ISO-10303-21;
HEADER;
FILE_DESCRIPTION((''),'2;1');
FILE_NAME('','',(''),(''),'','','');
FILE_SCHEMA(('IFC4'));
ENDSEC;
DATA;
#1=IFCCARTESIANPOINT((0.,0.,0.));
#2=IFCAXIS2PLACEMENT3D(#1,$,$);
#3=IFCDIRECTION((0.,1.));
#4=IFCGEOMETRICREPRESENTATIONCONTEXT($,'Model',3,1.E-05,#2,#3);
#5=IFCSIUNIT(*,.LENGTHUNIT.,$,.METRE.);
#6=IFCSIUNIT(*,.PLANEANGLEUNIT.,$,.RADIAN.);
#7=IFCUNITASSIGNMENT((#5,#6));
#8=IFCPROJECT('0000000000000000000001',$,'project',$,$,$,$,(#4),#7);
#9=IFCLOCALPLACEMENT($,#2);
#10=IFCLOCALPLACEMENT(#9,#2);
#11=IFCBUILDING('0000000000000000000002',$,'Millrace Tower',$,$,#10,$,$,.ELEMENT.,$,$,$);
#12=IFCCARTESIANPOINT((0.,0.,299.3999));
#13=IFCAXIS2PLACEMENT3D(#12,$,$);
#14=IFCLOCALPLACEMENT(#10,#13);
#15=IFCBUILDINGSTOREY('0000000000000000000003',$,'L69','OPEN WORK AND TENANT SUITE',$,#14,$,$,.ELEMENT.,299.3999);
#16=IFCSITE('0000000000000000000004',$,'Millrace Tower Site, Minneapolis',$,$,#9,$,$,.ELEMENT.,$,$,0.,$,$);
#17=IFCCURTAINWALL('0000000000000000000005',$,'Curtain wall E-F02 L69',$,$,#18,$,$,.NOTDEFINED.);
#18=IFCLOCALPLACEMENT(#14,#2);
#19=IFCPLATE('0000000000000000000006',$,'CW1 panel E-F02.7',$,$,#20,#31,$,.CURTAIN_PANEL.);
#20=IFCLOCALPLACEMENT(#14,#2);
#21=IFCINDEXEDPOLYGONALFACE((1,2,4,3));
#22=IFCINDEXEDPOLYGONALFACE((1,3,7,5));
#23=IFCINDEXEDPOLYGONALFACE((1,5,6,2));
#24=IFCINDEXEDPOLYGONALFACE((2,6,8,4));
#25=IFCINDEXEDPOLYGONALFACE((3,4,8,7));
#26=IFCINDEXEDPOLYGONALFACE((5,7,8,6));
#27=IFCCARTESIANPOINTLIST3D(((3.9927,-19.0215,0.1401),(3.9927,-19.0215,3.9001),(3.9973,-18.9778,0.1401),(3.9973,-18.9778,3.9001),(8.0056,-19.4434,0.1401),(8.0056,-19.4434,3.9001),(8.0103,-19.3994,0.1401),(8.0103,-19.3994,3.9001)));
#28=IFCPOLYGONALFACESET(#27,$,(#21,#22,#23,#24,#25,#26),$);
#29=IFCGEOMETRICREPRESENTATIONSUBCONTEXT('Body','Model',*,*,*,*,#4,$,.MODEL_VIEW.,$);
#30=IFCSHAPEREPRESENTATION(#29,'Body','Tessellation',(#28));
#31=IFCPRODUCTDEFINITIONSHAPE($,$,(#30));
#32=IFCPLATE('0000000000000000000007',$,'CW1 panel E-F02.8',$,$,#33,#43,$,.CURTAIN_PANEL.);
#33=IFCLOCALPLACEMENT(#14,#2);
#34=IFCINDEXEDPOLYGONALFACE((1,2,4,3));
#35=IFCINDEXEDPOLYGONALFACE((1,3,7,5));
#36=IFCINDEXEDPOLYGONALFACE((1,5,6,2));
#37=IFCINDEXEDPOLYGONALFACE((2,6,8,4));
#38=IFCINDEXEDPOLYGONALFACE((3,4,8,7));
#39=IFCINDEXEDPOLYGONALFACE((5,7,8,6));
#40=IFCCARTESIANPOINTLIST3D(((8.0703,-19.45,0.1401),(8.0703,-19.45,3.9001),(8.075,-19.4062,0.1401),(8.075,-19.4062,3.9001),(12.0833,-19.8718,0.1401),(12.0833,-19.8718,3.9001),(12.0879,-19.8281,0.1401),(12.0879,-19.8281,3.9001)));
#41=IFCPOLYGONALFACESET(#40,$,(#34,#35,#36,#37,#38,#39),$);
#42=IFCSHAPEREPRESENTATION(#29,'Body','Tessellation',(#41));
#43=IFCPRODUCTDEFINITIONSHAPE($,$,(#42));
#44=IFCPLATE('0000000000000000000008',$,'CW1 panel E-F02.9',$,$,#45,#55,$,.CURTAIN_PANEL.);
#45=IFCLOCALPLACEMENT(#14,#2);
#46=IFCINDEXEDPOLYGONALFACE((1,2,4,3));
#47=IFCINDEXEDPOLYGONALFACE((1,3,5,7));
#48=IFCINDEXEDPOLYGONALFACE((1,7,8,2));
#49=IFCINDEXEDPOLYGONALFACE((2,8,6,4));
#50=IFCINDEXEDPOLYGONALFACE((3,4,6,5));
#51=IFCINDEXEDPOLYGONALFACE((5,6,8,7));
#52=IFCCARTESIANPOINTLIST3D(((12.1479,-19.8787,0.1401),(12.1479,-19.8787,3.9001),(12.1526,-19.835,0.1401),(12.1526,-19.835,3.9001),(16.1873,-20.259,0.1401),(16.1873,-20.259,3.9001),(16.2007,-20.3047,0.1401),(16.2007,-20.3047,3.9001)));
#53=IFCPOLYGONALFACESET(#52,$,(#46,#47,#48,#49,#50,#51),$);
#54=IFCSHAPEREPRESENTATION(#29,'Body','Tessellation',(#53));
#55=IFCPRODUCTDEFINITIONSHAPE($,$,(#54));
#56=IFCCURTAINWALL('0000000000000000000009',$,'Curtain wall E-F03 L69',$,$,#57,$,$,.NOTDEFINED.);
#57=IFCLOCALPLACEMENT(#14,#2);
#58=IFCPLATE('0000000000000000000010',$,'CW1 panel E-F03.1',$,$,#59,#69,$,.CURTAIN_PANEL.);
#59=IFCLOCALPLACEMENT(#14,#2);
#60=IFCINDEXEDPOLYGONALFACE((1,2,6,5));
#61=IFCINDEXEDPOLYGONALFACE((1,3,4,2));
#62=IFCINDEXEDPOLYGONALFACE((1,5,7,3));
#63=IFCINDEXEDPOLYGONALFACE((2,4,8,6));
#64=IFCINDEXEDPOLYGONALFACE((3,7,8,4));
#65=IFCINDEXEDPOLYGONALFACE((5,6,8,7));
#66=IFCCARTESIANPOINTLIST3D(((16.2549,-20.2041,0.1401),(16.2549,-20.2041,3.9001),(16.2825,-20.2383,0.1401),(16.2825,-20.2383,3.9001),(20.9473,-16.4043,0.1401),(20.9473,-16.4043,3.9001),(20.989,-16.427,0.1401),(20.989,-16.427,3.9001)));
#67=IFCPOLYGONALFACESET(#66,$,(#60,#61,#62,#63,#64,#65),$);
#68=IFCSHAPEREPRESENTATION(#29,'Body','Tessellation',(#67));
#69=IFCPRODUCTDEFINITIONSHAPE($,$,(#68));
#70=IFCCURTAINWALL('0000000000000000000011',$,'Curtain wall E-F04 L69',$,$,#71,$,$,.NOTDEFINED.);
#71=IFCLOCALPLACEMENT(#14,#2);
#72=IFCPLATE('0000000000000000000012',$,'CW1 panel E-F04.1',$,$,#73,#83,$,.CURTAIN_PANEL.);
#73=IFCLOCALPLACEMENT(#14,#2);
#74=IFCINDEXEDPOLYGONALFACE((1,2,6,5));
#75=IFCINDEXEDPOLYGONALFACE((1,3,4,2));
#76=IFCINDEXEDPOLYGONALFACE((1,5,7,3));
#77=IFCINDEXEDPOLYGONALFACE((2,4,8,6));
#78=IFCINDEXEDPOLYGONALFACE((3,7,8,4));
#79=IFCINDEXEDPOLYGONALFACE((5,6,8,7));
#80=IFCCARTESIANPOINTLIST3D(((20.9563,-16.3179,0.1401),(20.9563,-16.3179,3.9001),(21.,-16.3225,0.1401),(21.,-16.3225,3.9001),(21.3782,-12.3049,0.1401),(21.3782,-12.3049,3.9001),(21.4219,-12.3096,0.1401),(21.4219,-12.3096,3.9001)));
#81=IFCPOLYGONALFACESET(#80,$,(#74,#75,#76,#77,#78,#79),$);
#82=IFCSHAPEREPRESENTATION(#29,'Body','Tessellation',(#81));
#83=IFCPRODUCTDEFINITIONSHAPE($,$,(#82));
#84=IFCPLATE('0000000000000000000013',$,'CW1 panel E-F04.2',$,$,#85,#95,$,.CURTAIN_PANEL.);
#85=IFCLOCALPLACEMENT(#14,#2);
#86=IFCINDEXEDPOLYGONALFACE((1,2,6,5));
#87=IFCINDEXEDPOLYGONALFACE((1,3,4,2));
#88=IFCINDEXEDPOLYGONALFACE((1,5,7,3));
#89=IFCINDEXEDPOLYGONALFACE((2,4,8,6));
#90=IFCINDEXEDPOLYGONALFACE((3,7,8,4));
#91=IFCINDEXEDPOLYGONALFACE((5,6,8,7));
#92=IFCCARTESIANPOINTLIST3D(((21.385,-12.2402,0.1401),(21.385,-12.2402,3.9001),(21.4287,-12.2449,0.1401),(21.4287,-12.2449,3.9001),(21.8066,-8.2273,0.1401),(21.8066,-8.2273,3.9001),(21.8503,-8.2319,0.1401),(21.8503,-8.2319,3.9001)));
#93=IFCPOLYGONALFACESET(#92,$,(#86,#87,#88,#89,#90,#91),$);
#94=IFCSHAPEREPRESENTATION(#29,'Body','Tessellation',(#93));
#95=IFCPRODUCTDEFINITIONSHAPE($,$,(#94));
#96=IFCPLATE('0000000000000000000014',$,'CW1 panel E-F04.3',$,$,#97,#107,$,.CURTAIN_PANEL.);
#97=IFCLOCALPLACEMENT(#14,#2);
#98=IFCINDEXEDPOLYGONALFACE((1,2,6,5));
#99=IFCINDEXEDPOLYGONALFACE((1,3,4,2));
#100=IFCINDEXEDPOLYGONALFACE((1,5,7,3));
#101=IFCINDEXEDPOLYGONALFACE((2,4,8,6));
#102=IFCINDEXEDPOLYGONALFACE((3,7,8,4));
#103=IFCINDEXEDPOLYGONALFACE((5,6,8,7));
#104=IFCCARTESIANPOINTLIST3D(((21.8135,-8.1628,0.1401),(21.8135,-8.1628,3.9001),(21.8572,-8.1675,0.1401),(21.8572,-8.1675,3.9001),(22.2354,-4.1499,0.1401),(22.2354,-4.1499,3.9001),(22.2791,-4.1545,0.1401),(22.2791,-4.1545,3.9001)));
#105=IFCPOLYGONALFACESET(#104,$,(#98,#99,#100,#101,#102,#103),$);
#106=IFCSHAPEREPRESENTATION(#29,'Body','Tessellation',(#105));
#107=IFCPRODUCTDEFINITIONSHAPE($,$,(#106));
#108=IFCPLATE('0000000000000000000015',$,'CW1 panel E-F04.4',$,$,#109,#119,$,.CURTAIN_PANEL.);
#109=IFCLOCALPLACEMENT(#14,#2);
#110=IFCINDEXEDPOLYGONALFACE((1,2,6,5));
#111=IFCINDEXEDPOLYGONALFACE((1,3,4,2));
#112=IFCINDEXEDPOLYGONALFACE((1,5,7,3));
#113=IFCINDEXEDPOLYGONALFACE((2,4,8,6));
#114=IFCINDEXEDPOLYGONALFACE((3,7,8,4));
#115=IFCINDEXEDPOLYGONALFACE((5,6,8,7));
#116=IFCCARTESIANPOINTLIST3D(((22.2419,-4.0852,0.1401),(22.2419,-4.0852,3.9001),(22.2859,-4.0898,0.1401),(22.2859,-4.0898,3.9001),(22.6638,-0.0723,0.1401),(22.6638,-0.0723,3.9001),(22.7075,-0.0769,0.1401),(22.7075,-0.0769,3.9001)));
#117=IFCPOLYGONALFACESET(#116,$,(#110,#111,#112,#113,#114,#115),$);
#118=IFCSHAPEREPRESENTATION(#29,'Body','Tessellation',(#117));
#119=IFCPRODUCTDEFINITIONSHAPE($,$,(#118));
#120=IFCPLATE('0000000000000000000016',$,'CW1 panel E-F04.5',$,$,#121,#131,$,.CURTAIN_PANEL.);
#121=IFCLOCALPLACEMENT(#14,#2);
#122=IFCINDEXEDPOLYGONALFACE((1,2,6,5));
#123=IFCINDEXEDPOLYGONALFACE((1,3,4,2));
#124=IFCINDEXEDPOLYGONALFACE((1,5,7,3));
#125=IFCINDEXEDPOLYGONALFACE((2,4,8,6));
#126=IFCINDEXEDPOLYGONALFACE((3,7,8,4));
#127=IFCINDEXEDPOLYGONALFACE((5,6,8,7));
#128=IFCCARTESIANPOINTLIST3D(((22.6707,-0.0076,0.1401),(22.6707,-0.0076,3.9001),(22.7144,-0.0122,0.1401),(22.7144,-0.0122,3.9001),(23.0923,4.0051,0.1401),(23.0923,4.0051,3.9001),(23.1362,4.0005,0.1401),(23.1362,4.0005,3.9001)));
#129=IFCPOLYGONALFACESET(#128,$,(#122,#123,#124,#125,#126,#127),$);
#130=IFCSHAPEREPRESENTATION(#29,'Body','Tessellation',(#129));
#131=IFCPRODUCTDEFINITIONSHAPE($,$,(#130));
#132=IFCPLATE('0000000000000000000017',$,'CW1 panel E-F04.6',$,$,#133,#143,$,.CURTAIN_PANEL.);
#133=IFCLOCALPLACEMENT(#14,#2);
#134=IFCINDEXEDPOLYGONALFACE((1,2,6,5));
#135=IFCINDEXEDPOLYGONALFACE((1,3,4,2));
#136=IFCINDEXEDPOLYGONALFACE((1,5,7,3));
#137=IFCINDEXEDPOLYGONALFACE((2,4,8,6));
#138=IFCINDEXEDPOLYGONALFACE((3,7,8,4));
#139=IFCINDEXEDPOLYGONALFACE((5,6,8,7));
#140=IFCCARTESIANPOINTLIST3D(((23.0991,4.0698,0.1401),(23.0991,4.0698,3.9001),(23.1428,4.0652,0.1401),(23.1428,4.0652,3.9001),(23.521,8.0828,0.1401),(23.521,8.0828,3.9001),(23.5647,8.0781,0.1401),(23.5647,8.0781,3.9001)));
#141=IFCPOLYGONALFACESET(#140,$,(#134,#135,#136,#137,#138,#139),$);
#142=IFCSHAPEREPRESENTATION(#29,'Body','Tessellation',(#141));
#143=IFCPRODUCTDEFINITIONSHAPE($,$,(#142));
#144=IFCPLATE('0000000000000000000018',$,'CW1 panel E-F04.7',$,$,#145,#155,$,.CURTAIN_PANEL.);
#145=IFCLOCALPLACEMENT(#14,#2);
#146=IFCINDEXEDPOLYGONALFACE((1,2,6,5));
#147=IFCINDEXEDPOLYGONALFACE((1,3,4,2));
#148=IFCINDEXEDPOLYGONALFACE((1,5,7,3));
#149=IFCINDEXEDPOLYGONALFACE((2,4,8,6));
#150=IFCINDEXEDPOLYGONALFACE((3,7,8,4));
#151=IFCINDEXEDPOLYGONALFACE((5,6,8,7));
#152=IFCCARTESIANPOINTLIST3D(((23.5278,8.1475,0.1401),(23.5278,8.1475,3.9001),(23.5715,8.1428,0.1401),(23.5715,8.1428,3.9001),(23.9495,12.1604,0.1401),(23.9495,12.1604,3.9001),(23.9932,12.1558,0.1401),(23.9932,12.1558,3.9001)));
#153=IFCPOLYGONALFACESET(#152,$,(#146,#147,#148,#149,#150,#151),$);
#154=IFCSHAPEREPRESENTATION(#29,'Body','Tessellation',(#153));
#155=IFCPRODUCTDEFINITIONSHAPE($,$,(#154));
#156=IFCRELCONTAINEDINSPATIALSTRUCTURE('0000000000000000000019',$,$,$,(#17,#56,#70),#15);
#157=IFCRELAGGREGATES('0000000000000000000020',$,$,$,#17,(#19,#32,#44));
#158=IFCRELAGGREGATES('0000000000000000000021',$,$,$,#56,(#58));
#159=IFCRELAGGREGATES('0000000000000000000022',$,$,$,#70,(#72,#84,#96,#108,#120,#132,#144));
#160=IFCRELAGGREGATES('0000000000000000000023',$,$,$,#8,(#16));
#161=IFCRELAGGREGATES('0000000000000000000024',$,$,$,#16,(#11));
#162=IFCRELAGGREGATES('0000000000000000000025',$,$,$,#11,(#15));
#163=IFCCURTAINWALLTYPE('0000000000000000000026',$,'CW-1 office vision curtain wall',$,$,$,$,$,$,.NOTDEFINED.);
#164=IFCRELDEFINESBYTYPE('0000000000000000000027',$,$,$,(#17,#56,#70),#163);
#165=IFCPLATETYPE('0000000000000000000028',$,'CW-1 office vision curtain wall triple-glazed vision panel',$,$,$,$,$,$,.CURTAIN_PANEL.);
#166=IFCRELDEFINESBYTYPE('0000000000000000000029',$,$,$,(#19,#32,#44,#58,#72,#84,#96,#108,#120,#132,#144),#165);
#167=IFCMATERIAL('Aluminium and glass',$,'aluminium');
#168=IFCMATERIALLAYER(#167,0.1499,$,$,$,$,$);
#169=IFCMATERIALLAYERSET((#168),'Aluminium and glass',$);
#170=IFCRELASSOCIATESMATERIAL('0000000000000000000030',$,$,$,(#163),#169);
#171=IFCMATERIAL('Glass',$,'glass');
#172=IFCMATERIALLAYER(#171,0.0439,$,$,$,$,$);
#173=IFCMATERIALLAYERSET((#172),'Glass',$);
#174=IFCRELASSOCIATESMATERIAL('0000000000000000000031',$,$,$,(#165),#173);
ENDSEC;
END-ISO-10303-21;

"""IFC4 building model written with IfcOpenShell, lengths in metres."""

from ifc_helpers import new_model, si_unit, direction, frame, origin, place, context, subcontext, project, spatial, polyline, outline, extrude, material, layer, layer_set, type_object, element, aggregate, save


model = new_model("IFC4")

# Units and contexts
model_context = context("Model", 3, precision=1e-05, world=origin(), true_north=direction((0.0, 1.0)))
body_context = subcontext(model_context, "Body", "Model", "MODEL_VIEW")
ifc_project = project(units=[si_unit("LENGTHUNIT", "METRE"), si_unit("PLANEANGLEUNIT", "RADIAN")], contexts=[model_context])

# Site, building, storey
site_placement = place(None, origin())
site = spatial("IfcSite", under=ifc_project, at=site_placement, Name="Millrace Tower Site, Minneapolis", CompositionType="ELEMENT", RefElevation=0.0)
building_placement = place(site_placement, origin())
building = spatial("IfcBuilding", under=site, at=building_placement, Name="Millrace Tower", CompositionType="ELEMENT")
storey_placement = place(building_placement, frame((0.0, 0.0, 299.3999)))
storey = spatial("IfcBuildingStorey", under=building, at=storey_placement, Name="L69", Description="OPEN WORK AND TENANT SUITE", CompositionType="ELEMENT", Elevation=299.3999)

# Shared definitions
ifc_material_1 = material(Name="Aluminium and glass", Category="aluminium")
ifc_layer_1 = layer(ifc_material_1, 0.1499)
ifc_layer_set_1 = layer_set([ifc_layer_1], Name="Aluminium and glass")
curtain_wall_type = type_object("IfcCurtainWallType", Name="CW-1 office vision curtain wall", PredefinedType="NOTDEFINED", material=ifc_layer_set_1)
placement_1 = place(storey_placement, origin())
ifc_material_2 = material(Name="Glass", Category="glass")
ifc_layer_2 = layer(ifc_material_2, 0.0439)
ifc_layer_set_2 = layer_set([ifc_layer_2], Name="Glass")
plate_type = type_object("IfcPlateType", Name="CW-1 office vision curtain wall triple-glazed vision panel", PredefinedType="CURTAIN_PANEL", material=ifc_layer_set_2)
placement_2 = place(storey_placement, frame((0.0, 0.0, 0.1401)))

# Curtain wall, plates
curtain_wall_1 = element("IfcCurtainWall", 1, at=placement_1, inside=storey, type_object=curtain_wall_type, Name="Curtain wall E-F02 L69", PredefinedType="NOTDEFINED")
plate_1 = element("IfcPlate", 2, at=placement_2, type_object=plate_type, Name="CW1 panel E-F02.7", PredefinedType="CURTAIN_PANEL", context=body_context, shape_type="SweptSolid", body=[
    extrude(outline(polyline([(3.9927, -19.0215), (8.0056, -19.4434), (8.0103, -19.3994), (3.9973, -18.9778), (3.9927, -19.0215)])), origin(), (0.0, 0.0, 1.0), 3.76),
])
plate_2 = element("IfcPlate", 3, at=placement_2, type_object=plate_type, Name="CW1 panel E-F02.8", PredefinedType="CURTAIN_PANEL", context=body_context, shape_type="SweptSolid", body=[
    extrude(outline(polyline([(8.0703, -19.45), (12.0833, -19.8718), (12.0879, -19.8281), (8.075, -19.4062), (8.0703, -19.45)])), origin(), (0.0, 0.0, 1.0), 3.76),
])
plate_3 = element("IfcPlate", 4, at=placement_2, type_object=plate_type, Name="CW1 panel E-F02.9", PredefinedType="CURTAIN_PANEL", context=body_context, shape_type="SweptSolid", body=[
    extrude(outline(polyline([(12.1479, -19.8787), (16.2007, -20.3047), (16.1873, -20.259), (12.1526, -19.835), (12.1479, -19.8787)])), origin(), (0.0, 0.0, 1.0), 3.76),
])
aggregate(curtain_wall_1, [plate_1, plate_2, plate_3])

# Curtain wall, plate
curtain_wall_2 = element("IfcCurtainWall", 5, at=placement_1, inside=storey, type_object=curtain_wall_type, Name="Curtain wall E-F03 L69", PredefinedType="NOTDEFINED")
plate_4 = element("IfcPlate", 6, at=placement_2, type_object=plate_type, Name="CW1 panel E-F03.1", PredefinedType="CURTAIN_PANEL", context=body_context, shape_type="SweptSolid", body=[
    extrude(outline(polyline([(16.2825, -20.2383), (20.989, -16.427), (20.9473, -16.4043), (16.2549, -20.2041), (16.2825, -20.2383)])), origin(), (0.0, 0.0, 1.0), 3.76),
])
aggregate(curtain_wall_2, [plate_4])

# Curtain wall, plates
curtain_wall_3 = element("IfcCurtainWall", 7, at=placement_1, inside=storey, type_object=curtain_wall_type, Name="Curtain wall E-F04 L69", PredefinedType="NOTDEFINED")
plate_5 = element("IfcPlate", 8, at=placement_2, type_object=plate_type, Name="CW1 panel E-F04.1", PredefinedType="CURTAIN_PANEL", context=body_context, shape_type="SweptSolid", body=[
    extrude(outline(polyline([(21.0, -16.3225), (21.4219, -12.3096), (21.3782, -12.3049), (20.9563, -16.3179), (21.0, -16.3225)])), origin(), (0.0, 0.0, 1.0), 3.76),
])
plate_6 = element("IfcPlate", 9, at=placement_2, type_object=plate_type, Name="CW1 panel E-F04.2", PredefinedType="CURTAIN_PANEL", context=body_context, shape_type="SweptSolid", body=[
    extrude(outline(polyline([(21.4287, -12.2449), (21.8503, -8.2319), (21.8066, -8.2273), (21.385, -12.2402), (21.4287, -12.2449)])), origin(), (0.0, 0.0, 1.0), 3.76),
])
plate_7 = element("IfcPlate", 10, at=placement_2, type_object=plate_type, Name="CW1 panel E-F04.3", PredefinedType="CURTAIN_PANEL", context=body_context, shape_type="SweptSolid", body=[
    extrude(outline(polyline([(21.8572, -8.1675), (22.2791, -4.1545), (22.2354, -4.1499), (21.8135, -8.1628), (21.8572, -8.1675)])), origin(), (0.0, 0.0, 1.0), 3.76),
])
plate_8 = element("IfcPlate", 11, at=placement_2, type_object=plate_type, Name="CW1 panel E-F04.4", PredefinedType="CURTAIN_PANEL", context=body_context, shape_type="SweptSolid", body=[
    extrude(outline(polyline([(22.2859, -4.0898), (22.7075, -0.0769), (22.6638, -0.0723), (22.2419, -4.0852), (22.2859, -4.0898)])), origin(), (0.0, 0.0, 1.0), 3.76),
])
plate_9 = element("IfcPlate", 12, at=placement_2, type_object=plate_type, Name="CW1 panel E-F04.5", PredefinedType="CURTAIN_PANEL", context=body_context, shape_type="SweptSolid", body=[
    extrude(outline(polyline([(22.7144, -0.0122), (23.1362, 4.0005), (23.0923, 4.0051), (22.6707, -0.0076), (22.7144, -0.0122)])), origin(), (0.0, 0.0, 1.0), 3.76),
])
plate_10 = element("IfcPlate", 13, at=placement_2, type_object=plate_type, Name="CW1 panel E-F04.6", PredefinedType="CURTAIN_PANEL", context=body_context, shape_type="SweptSolid", body=[
    extrude(outline(polyline([(23.1428, 4.0652), (23.5647, 8.0781), (23.521, 8.0828), (23.0991, 4.0698), (23.1428, 4.0652)])), origin(), (0.0, 0.0, 1.0), 3.76),
])
plate_11 = element("IfcPlate", 14, at=placement_2, type_object=plate_type, Name="CW1 panel E-F04.7", PredefinedType="CURTAIN_PANEL", context=body_context, shape_type="SweptSolid", body=[
    extrude(outline(polyline([(23.5715, 8.1428), (23.9932, 12.1558), (23.9495, 12.1604), (23.5278, 8.1475), (23.5715, 8.1428)])), origin(), (0.0, 0.0, 1.0), 3.76),
])
aggregate(curtain_wall_3, [plate_5, plate_6, plate_7, plate_8, plate_9, plate_10, plate_11])

save(model, "model.ifc")
